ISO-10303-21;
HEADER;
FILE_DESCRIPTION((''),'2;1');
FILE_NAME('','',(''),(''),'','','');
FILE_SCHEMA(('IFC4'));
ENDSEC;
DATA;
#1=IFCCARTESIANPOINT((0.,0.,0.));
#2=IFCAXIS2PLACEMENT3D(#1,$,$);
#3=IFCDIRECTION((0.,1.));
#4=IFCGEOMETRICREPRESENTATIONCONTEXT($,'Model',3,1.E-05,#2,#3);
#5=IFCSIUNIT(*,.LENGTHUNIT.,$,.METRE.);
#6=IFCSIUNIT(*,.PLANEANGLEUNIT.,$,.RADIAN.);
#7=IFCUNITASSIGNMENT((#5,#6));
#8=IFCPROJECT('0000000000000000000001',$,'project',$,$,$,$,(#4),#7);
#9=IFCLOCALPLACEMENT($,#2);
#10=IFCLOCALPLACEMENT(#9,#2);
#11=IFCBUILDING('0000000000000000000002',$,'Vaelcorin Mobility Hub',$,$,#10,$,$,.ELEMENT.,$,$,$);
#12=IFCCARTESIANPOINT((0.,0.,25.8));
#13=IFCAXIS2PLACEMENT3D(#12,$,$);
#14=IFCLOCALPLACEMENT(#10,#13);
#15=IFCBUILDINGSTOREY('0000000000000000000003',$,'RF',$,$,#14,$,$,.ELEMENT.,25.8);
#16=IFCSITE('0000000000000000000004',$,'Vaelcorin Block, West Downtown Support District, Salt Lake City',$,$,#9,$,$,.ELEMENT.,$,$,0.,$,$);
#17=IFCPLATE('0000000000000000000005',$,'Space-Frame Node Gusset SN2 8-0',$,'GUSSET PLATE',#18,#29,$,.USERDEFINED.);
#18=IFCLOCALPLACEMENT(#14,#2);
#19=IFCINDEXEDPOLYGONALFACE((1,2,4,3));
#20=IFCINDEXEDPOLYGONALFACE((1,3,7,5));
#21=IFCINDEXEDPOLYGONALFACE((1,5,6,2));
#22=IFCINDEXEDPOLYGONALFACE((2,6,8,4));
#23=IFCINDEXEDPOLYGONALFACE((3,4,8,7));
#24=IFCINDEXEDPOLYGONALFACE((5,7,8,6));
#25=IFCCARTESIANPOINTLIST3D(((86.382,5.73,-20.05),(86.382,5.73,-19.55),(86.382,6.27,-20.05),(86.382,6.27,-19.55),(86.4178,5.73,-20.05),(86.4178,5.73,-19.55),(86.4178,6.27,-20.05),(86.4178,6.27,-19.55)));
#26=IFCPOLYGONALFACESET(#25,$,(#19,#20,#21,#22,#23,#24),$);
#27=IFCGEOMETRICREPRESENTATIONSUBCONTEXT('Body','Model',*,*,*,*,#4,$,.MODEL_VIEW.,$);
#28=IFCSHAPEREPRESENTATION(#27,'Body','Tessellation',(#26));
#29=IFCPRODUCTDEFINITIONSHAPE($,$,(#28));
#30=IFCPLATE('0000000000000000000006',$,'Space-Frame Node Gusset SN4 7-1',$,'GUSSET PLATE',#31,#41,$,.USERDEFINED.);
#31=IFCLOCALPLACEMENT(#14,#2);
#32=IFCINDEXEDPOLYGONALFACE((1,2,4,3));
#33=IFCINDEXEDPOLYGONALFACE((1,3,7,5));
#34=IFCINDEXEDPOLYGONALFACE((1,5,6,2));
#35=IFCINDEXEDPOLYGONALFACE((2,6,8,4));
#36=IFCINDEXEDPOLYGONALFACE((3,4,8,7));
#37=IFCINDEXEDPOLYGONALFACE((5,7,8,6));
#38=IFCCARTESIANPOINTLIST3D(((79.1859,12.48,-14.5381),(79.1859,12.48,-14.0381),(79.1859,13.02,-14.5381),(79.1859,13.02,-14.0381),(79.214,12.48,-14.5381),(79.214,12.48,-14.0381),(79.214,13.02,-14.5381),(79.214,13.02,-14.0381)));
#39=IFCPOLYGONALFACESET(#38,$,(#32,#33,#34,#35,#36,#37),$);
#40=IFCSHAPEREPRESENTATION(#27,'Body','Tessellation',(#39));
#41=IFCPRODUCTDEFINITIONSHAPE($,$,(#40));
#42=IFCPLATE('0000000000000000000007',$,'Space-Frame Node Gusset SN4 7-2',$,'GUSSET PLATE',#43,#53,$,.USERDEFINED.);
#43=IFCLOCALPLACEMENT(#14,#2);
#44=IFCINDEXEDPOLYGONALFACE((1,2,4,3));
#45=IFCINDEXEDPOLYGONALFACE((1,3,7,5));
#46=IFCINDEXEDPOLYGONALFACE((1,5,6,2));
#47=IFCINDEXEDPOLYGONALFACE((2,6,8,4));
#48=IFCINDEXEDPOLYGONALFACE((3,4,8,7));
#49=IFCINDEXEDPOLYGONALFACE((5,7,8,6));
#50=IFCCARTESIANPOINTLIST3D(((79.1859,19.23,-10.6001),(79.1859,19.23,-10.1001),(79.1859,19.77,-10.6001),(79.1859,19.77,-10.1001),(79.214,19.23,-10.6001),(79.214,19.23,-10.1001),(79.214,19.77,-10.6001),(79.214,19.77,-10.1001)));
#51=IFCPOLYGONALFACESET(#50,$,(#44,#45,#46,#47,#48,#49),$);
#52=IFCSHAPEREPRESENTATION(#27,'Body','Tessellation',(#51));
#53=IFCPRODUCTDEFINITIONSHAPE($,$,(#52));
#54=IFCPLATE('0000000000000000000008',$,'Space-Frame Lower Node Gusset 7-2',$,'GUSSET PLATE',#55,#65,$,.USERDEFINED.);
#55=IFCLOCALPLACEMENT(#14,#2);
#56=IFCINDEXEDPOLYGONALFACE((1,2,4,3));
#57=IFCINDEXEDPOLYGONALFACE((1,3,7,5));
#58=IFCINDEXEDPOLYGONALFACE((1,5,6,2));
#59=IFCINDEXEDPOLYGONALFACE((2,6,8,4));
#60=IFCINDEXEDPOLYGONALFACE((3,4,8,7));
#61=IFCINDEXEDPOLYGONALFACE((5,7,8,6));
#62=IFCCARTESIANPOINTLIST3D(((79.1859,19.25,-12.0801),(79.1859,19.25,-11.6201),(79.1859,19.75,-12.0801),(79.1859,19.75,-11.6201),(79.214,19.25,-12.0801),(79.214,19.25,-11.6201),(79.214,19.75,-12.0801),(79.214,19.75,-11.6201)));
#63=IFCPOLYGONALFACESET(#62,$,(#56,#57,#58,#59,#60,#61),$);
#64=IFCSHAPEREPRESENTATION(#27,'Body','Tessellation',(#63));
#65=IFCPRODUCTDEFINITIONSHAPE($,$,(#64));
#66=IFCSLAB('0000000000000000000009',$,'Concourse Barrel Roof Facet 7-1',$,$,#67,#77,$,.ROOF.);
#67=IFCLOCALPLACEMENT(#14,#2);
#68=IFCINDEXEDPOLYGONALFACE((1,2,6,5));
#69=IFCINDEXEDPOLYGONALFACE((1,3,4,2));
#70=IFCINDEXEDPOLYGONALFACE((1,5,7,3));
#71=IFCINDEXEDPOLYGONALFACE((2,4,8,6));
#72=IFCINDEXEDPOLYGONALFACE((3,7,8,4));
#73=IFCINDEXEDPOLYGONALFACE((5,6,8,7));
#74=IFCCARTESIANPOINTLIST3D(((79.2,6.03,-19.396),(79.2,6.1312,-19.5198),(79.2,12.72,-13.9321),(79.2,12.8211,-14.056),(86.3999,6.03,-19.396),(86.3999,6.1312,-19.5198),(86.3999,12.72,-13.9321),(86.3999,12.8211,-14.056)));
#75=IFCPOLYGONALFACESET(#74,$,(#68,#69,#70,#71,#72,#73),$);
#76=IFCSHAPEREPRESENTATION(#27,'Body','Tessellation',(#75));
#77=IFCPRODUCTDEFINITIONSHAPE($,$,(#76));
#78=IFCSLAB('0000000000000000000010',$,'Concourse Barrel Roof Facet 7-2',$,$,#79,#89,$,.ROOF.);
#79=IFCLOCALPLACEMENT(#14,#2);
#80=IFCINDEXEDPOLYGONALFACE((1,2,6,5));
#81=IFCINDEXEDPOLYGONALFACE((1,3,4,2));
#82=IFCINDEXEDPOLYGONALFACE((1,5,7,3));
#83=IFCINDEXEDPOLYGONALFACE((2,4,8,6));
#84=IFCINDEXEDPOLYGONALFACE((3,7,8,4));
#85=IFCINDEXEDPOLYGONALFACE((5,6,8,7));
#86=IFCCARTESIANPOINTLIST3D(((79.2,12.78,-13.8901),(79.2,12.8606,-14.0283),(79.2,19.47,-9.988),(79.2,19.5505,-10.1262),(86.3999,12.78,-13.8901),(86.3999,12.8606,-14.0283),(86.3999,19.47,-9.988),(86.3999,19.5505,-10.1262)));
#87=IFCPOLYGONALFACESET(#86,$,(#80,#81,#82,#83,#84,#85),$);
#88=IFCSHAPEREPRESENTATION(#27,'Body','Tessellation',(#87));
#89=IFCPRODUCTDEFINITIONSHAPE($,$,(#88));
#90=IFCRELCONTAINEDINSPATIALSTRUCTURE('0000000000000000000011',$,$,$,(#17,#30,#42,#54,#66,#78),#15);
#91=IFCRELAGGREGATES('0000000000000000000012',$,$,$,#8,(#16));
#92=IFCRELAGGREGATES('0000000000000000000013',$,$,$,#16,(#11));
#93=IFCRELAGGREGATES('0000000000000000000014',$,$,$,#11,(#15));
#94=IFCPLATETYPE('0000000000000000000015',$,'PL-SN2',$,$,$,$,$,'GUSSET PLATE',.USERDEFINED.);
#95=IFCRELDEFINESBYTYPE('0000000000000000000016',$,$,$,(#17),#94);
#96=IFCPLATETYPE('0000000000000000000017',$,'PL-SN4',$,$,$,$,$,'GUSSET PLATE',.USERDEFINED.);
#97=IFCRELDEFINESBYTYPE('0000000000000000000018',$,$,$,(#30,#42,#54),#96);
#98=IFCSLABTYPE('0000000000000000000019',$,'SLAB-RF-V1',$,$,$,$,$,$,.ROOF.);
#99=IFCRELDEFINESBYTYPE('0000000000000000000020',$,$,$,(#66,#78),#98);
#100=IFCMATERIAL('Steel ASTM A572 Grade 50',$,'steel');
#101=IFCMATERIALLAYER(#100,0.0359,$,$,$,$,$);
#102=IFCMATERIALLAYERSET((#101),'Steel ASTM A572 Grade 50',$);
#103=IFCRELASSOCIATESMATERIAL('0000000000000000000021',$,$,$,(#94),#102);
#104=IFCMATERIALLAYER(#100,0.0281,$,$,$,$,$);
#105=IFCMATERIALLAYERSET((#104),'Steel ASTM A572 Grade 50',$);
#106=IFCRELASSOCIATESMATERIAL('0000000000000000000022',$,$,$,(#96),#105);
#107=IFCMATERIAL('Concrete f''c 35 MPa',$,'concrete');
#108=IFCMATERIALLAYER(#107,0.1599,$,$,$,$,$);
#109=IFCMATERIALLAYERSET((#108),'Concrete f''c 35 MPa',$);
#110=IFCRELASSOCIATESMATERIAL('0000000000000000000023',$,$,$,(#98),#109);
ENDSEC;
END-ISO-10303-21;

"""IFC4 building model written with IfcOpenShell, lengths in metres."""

from ifc_helpers import new_model, si_unit, direction, frame, origin, origin_2d, place, context, subcontext, project, spatial, polyline, rectangle, outline, extrude, material, layer, layer_set, type_object, element, save


model = new_model("IFC4")

# Units and contexts
model_context = context("Model", 3, precision=1e-05, world=origin(), true_north=direction((0.0, 1.0)))
body_context = subcontext(model_context, "Body", "Model", "MODEL_VIEW")
ifc_project = project(units=[si_unit("LENGTHUNIT", "METRE"), si_unit("PLANEANGLEUNIT", "RADIAN")], contexts=[model_context])

# Site, building, storey
site_placement = place(None, origin())
site = spatial("IfcSite", under=ifc_project, at=site_placement, Name="Vaelcorin Block, West Downtown Support District, Salt Lake City", CompositionType="ELEMENT", RefElevation=0.0)
building_placement = place(site_placement, origin())
building = spatial("IfcBuilding", under=site, at=building_placement, Name="Vaelcorin Mobility Hub", CompositionType="ELEMENT")
storey_placement = place(building_placement, frame((0.0, 0.0, 25.8)))
storey = spatial("IfcBuildingStorey", under=building, at=storey_placement, Name="RF", CompositionType="ELEMENT", Elevation=25.8)

# Plates
ifc_material_1 = material(Name="Steel ASTM A572 Grade 50", Category="steel")
ifc_layer_1 = layer(ifc_material_1, 0.0359)
ifc_layer_set_1 = layer_set([ifc_layer_1], Name="Steel ASTM A572 Grade 50")
plate_type_1 = type_object("IfcPlateType", Name="PL-SN2", ElementType="GUSSET PLATE", PredefinedType="USERDEFINED", material=ifc_layer_set_1)
for number, where, z_axis, x_axis, name in (
    (1, (86.3999, 6.0, -20.05), (0.0, 0.0, 1.0), (1.0, 0.0, 0.0), "Space-Frame Node Gusset SN2 8-0"),
):
    element("IfcPlate", number, at=place(storey_placement, frame(where, z_axis=z_axis, x_axis=x_axis)), inside=storey, type_object=plate_type_1, Name=name, ObjectType="GUSSET PLATE", PredefinedType="USERDEFINED", context=body_context, shape_type="SweptSolid", body=[
        extrude(rectangle(XDim=0.0359, YDim=0.54, at=origin_2d()), origin(), (0.0, 0.0, 1.0), 0.5),
    ])
ifc_layer_2 = layer(ifc_material_1, 0.0281)
ifc_layer_set_2 = layer_set([ifc_layer_2], Name="Steel ASTM A572 Grade 50")
plate_type_2 = type_object("IfcPlateType", Name="PL-SN4", ElementType="GUSSET PLATE", PredefinedType="USERDEFINED", material=ifc_layer_set_2)
for number, where, z_axis, x_axis, name in (
    (2, (79.2, 12.75, -14.5381), (0.0, 0.0, 1.0), (1.0, 0.0, 0.0), "Space-Frame Node Gusset SN4 7-1"),
    (3, (79.2, 19.5, -10.6001), (0.0, 0.0, 1.0), (1.0, 0.0, 0.0), "Space-Frame Node Gusset SN4 7-2"),
):
    element("IfcPlate", number, at=place(storey_placement, frame(where, z_axis=z_axis, x_axis=x_axis)), inside=storey, type_object=plate_type_2, Name=name, ObjectType="GUSSET PLATE", PredefinedType="USERDEFINED", context=body_context, shape_type="SweptSolid", body=[
        extrude(rectangle(XDim=0.0281, YDim=0.54, at=origin_2d()), origin(), (0.0, 0.0, 1.0), 0.5),
    ])
plate_1_placement = place(storey_placement, frame((79.2, 19.5, -12.0801), z_axis=(0.0, 0.0, 1.0), x_axis=(1.0, 0.0, 0.0)))
element("IfcPlate", 4, at=plate_1_placement, inside=storey, type_object=plate_type_2, Name="Space-Frame Lower Node Gusset 7-2", ObjectType="GUSSET PLATE", PredefinedType="USERDEFINED", context=body_context, shape_type="SweptSolid", body=[
    extrude(rectangle(XDim=0.0281, YDim=0.5, at=origin_2d()), origin(), (0.0, 0.0, 1.0), 0.46),
])

# Slabs
ifc_material_2 = material(Name="Concrete f'c 35 MPa", Category="concrete")
ifc_layer_3 = layer(ifc_material_2, 0.1599)
ifc_layer_set_3 = layer_set([ifc_layer_3], Name="Concrete f'c 35 MPa")
slab_type = type_object("IfcSlabType", Name="SLAB-RF-V1", PredefinedType="ROOF", material=ifc_layer_set_3)
slab_1_placement = place(storey_placement, frame((79.2, 6.03, -19.396), z_axis=(0.0, -0.632563, 0.774509), x_axis=(1.0, 0.0, 0.0)))
element("IfcSlab", 5, at=slab_1_placement, inside=storey, type_object=slab_type, Name="Concourse Barrel Roof Facet 7-1", PredefinedType="ROOF", context=body_context, shape_type="SweptSolid", body=[
    extrude(outline(polyline([(0.0, 0.0), (7.2, 0.0), (7.2, 8.6377), (0.0, 8.6377), (0.0, 0.0)])), origin(), (0.0, 0.0, -1.0), 0.1599),
])
slab_2_placement = place(storey_placement, frame((79.2, 12.78, -13.8901), z_axis=(0.0, -0.503836, 0.863799), x_axis=(1.0, 0.0, 0.0)))
element("IfcSlab", 6, at=slab_2_placement, inside=storey, type_object=slab_type, Name="Concourse Barrel Roof Facet 7-2", PredefinedType="ROOF", context=body_context, shape_type="SweptSolid", body=[
    extrude(outline(polyline([(0.0, 0.0), (7.2, 0.0), (7.2, 7.7448), (0.0, 7.7448), (0.0, 0.0)])), origin(), (0.0, 0.0, -1.0), 0.1599),
])

save(model, "model.ifc")
